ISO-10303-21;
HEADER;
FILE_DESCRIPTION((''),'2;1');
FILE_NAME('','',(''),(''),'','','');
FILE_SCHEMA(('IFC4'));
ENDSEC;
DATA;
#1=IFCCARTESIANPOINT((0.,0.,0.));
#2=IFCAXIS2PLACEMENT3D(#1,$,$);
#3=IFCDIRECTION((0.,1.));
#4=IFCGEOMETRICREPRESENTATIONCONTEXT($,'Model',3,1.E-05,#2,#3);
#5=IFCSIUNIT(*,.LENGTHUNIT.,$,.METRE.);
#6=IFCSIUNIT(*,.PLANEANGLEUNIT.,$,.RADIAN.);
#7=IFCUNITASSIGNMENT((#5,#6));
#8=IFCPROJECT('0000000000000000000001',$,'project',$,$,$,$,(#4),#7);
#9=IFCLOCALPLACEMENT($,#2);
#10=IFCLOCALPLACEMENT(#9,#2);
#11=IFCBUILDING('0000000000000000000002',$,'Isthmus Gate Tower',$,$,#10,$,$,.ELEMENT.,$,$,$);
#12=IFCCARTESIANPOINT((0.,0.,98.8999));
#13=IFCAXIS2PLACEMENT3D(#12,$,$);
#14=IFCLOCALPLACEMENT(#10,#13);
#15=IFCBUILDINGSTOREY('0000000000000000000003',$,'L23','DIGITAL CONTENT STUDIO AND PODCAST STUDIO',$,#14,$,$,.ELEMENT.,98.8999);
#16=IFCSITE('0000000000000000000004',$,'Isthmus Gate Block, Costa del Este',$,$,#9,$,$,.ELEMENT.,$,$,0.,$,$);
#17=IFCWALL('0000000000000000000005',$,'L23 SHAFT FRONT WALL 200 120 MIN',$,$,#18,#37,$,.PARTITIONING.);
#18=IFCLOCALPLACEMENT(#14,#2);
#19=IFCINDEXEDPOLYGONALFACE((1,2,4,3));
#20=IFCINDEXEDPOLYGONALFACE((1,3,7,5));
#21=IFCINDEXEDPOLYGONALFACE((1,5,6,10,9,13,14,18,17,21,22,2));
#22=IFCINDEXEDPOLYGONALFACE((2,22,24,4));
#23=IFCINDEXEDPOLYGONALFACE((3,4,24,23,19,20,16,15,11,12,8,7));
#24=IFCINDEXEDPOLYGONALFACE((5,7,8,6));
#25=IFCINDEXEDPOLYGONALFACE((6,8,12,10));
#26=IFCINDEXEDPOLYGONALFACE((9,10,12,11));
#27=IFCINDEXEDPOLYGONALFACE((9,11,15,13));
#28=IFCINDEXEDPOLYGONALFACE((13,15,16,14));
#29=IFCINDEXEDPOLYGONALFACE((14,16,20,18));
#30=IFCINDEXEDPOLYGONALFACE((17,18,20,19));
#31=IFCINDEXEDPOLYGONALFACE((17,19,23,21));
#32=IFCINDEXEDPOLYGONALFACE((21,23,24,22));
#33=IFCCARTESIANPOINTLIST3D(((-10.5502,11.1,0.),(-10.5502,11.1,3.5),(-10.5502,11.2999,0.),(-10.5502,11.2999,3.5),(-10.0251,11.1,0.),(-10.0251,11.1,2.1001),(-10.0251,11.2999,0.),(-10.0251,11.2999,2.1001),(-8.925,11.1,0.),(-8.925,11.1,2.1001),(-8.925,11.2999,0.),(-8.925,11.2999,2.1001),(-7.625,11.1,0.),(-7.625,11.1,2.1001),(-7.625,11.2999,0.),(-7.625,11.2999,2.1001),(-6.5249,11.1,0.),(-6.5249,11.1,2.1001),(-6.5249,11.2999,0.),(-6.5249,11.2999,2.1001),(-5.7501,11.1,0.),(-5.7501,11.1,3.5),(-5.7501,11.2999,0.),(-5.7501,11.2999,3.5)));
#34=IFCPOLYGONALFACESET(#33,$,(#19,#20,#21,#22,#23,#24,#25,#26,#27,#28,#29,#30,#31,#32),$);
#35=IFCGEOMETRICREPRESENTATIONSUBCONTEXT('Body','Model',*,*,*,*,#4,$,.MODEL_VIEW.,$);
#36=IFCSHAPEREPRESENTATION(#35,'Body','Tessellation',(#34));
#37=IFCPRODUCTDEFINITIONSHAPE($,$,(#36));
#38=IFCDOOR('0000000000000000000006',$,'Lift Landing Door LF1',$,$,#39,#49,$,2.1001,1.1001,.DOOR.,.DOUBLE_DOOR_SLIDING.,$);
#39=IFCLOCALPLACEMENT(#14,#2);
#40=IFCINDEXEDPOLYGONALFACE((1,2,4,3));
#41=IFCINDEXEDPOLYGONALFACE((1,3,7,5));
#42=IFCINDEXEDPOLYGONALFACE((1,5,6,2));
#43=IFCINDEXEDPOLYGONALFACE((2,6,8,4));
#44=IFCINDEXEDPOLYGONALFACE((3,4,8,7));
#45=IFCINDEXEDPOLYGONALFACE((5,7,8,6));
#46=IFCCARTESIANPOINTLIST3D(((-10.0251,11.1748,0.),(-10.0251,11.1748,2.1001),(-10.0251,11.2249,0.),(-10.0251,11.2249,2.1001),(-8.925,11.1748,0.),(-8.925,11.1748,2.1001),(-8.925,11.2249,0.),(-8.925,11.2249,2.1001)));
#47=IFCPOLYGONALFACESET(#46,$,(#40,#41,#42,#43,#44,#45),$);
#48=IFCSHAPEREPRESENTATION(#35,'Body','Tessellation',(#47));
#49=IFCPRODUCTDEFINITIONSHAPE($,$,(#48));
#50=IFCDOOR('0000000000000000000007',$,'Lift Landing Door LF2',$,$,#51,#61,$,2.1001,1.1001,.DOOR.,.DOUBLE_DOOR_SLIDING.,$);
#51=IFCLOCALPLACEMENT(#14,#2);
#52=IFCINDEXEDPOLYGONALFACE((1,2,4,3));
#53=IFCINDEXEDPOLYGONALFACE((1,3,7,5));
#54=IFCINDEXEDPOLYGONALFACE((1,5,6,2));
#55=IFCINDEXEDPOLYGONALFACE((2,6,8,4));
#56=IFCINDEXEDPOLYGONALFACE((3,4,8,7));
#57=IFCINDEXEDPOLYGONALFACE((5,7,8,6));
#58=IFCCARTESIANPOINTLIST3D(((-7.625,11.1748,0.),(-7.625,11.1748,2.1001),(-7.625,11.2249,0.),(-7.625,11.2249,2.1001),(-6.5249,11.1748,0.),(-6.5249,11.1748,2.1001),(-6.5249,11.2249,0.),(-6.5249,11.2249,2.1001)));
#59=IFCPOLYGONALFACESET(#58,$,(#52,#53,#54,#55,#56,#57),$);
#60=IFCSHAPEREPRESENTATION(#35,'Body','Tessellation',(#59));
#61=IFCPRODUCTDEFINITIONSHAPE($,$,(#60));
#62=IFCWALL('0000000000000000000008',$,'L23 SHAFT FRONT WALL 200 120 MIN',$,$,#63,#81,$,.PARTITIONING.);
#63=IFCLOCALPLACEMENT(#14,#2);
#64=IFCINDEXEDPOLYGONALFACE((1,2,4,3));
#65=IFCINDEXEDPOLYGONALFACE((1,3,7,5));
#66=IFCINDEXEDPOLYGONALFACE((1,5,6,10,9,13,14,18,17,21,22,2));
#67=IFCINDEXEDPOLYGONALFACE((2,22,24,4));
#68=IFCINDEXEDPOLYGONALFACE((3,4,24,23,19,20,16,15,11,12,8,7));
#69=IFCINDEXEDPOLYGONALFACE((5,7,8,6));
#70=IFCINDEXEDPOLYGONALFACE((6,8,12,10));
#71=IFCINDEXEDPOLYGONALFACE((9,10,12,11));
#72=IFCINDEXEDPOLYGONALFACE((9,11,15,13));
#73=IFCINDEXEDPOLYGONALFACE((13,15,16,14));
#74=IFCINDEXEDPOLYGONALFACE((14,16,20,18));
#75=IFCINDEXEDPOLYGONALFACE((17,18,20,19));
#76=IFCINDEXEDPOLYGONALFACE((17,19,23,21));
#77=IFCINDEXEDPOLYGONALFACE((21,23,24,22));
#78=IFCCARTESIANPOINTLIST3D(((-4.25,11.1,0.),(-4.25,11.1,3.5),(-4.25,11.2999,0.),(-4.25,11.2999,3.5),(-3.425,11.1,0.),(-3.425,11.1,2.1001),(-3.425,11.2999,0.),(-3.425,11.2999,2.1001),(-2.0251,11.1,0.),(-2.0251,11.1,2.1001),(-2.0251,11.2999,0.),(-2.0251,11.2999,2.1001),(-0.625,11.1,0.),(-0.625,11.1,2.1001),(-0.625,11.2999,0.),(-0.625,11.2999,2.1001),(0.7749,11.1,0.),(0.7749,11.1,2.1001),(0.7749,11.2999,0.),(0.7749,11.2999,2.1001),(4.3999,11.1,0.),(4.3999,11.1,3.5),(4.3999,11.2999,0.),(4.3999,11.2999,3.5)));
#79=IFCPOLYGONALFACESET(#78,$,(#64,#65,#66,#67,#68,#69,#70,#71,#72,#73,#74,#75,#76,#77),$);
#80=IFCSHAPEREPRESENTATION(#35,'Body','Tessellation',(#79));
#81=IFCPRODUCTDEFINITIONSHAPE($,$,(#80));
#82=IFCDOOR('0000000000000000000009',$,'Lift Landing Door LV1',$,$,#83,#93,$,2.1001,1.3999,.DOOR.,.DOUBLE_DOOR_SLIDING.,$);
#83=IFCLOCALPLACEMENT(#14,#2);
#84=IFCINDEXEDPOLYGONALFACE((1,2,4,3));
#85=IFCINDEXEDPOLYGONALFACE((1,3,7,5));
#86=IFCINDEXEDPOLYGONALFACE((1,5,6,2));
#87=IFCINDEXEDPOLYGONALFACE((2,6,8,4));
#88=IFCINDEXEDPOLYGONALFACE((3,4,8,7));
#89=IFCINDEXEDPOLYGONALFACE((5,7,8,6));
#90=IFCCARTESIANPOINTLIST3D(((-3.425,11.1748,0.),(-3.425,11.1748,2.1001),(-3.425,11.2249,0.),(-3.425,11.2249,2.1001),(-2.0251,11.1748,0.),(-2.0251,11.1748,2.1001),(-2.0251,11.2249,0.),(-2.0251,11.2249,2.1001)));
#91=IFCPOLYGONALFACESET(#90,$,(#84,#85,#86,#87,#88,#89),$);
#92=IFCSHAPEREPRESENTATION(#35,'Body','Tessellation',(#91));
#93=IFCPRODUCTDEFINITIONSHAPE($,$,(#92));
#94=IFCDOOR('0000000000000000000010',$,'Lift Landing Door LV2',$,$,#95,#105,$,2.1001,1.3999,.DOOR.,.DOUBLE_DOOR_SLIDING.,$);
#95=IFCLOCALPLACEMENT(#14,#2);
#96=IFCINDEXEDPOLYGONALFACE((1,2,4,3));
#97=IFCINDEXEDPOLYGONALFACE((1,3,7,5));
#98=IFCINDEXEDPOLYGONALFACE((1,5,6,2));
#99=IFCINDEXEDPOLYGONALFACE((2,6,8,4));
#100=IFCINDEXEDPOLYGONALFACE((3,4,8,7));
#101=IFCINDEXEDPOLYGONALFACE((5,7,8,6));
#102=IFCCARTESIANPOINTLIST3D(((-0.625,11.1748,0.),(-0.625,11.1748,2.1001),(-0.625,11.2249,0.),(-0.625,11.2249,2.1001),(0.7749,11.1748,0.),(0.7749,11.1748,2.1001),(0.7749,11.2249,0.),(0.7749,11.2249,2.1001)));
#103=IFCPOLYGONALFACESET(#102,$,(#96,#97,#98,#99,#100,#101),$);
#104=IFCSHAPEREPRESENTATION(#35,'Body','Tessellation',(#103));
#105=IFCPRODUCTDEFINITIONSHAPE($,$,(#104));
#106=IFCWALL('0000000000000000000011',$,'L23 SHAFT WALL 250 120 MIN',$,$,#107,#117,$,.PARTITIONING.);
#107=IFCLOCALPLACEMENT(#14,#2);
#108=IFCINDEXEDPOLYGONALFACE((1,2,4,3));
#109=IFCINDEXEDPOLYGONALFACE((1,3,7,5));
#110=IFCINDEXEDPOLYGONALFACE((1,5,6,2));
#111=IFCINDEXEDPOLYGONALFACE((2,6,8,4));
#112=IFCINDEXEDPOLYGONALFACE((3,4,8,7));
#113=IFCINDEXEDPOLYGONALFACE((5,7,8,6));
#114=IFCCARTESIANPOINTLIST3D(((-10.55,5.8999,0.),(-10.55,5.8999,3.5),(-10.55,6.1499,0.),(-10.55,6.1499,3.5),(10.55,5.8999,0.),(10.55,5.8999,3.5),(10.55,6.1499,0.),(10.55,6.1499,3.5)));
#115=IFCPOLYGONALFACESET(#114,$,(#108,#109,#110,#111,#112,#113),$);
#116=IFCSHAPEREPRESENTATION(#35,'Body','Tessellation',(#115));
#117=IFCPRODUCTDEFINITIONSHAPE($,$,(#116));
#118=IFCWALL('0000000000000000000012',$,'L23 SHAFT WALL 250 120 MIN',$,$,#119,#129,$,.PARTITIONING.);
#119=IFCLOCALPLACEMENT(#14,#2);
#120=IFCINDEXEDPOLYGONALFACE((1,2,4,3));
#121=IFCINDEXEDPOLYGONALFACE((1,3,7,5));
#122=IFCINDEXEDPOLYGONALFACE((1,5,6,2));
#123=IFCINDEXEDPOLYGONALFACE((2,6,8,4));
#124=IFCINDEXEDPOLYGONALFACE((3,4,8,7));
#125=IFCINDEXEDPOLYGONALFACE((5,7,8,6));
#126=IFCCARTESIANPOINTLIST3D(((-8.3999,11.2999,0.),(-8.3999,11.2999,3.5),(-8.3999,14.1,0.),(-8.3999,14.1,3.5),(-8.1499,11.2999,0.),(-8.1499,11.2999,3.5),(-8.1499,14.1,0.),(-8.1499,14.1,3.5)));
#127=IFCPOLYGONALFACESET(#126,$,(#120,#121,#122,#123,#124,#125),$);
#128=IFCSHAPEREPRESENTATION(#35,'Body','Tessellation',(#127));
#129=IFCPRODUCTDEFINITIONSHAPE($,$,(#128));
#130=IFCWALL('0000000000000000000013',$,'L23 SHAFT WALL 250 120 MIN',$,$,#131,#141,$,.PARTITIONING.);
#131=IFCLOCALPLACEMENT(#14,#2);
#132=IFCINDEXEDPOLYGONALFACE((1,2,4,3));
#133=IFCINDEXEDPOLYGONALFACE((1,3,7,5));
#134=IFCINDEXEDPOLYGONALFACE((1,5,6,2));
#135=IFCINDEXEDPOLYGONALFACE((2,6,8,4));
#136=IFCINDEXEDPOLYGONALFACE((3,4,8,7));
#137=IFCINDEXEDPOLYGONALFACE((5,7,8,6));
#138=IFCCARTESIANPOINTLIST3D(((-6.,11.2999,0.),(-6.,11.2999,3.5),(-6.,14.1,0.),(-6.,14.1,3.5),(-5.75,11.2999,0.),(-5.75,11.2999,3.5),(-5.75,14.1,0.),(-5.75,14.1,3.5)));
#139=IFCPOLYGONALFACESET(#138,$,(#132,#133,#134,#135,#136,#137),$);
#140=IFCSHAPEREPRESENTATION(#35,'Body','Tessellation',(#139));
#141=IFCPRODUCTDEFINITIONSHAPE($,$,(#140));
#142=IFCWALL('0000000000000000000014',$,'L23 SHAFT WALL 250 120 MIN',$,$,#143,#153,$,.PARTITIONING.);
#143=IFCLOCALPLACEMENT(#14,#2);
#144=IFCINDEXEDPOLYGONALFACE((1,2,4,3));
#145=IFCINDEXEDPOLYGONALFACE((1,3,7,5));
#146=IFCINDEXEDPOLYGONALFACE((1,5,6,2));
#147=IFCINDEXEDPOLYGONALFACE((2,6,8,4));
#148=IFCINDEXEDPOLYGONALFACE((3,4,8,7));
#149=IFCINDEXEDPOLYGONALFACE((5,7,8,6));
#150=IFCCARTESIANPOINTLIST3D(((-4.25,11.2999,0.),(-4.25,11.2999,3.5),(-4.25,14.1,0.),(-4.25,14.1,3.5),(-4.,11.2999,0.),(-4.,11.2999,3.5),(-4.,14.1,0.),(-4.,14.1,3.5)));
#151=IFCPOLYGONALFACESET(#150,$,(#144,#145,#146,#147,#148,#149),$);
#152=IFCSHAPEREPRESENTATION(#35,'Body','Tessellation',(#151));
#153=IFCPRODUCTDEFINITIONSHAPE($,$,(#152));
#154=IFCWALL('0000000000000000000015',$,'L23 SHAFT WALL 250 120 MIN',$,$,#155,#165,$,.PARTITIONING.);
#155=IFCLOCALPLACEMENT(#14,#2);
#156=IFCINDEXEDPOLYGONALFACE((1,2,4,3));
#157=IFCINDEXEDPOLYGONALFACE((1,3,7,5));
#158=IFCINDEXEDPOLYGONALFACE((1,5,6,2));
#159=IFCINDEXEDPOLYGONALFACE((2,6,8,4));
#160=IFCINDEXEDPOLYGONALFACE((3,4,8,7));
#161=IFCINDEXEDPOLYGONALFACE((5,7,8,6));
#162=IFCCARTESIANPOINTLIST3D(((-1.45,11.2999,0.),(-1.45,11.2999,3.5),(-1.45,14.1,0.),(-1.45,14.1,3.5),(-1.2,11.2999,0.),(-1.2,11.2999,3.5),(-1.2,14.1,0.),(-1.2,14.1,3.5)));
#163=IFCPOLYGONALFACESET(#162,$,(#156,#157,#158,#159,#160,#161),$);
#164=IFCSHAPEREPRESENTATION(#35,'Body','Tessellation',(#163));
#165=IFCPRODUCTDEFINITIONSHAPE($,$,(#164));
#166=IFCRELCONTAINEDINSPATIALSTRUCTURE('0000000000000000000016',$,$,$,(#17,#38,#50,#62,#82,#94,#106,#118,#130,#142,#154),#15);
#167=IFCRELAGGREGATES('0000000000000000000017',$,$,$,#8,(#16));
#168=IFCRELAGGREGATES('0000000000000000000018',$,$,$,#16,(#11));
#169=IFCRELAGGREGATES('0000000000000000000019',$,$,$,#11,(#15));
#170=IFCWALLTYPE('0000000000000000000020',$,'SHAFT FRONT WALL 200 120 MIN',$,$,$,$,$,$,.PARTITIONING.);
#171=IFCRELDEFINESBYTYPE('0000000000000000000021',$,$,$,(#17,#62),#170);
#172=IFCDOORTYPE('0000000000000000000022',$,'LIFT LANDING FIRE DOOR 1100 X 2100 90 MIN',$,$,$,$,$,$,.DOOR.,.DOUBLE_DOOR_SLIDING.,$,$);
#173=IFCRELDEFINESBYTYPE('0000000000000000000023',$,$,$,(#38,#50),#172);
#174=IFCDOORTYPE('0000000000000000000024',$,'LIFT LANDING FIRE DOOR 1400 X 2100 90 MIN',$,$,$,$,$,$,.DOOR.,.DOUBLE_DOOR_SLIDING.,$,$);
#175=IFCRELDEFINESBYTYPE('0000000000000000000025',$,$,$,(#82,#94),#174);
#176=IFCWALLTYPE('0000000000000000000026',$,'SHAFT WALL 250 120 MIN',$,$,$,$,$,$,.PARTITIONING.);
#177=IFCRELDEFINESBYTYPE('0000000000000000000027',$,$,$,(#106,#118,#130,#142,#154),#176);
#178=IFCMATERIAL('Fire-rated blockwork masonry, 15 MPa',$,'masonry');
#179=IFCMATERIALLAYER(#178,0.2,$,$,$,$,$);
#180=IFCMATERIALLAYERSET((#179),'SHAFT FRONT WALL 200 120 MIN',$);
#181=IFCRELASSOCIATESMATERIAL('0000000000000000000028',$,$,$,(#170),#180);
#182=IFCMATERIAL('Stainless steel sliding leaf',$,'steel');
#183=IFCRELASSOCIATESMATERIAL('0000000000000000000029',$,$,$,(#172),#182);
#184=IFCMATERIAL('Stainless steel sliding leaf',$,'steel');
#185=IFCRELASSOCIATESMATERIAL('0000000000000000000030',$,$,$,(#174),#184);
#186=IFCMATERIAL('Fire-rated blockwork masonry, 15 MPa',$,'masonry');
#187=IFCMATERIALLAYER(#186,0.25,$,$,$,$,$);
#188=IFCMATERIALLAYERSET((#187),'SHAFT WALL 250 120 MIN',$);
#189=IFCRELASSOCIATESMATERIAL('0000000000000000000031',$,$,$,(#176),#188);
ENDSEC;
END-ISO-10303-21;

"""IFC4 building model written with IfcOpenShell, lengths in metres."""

from ifc_helpers import new_model, si_unit, direction, frame, frame_2d, origin, place, context, subcontext, project, spatial, rectangle, extrude, material, layer, layer_set, type_object, element, fill, save


model = new_model("IFC4")

# Units and contexts
model_context = context("Model", 3, precision=1e-05, world=origin(), true_north=direction((0.0, 1.0)))
body_context = subcontext(model_context, "Body", "Model", "MODEL_VIEW")
ifc_project = project(units=[si_unit("LENGTHUNIT", "METRE"), si_unit("PLANEANGLEUNIT", "RADIAN")], contexts=[model_context])

# Site, building, storey
site_placement = place(None, origin())
site = spatial("IfcSite", under=ifc_project, at=site_placement, Name="Isthmus Gate Block, Costa del Este", CompositionType="ELEMENT", RefElevation=0.0)
building_placement = place(site_placement, origin())
building = spatial("IfcBuilding", under=site, at=building_placement, Name="Isthmus Gate Tower", CompositionType="ELEMENT")
storey_placement = place(building_placement, frame((0.0, 0.0, 98.8999)))
storey = spatial("IfcBuildingStorey", under=building, at=storey_placement, Name="L23", Description="DIGITAL CONTENT STUDIO AND PODCAST STUDIO", CompositionType="ELEMENT", Elevation=98.8999)

# Walls, openings, doors
ifc_material_1 = material(Name="Fire-rated blockwork masonry, 15 MPa", Category="masonry")
ifc_layer_1 = layer(ifc_material_1, 0.2)
ifc_layer_set_1 = layer_set([ifc_layer_1], Name="SHAFT FRONT WALL 200 120 MIN")
wall_type_1 = type_object("IfcWallType", Name="SHAFT FRONT WALL 200 120 MIN", PredefinedType="PARTITIONING", material=ifc_layer_set_1)
wall_1_placement = place(storey_placement, frame((-10.55, 11.2, 0.0), z_axis=(0.0, 0.0, 1.0), x_axis=(1.0, 0.0, 0.0)))
wall_1 = element("IfcWall", 1, at=wall_1_placement, inside=storey, type_object=wall_type_1, Name="L23 SHAFT FRONT WALL 200 120 MIN", PredefinedType="PARTITIONING", context=body_context, shape_type="SweptSolid", body=[
    extrude(rectangle(XDim=4.8, YDim=0.2, at=frame_2d((2.3999, 0.0))), origin(), (0.0, 0.0, 1.0), 3.5),
])
opening_1_placement = place(wall_1_placement, frame((0.5249, 0.0, 0.0)))
opening_1 = element("IfcOpeningElement", 2, at=opening_1_placement, cuts=wall_1, PredefinedType="OPENING", context=body_context, shape_type="SweptSolid", body=[
    extrude(rectangle(XDim=1.1001, YDim=2.1001, at=frame_2d((0.55, 1.05))), frame((0.0, 0.1099, 0.0), z_axis=(0.0, -1.0, 0.0), x_axis=(1.0, 0.0, 0.0)), (0.0, 0.0, 1.0), 0.22),
])
opening_2_placement = place(wall_1_placement, frame((2.925, 0.0, 0.0)))
opening_2 = element("IfcOpeningElement", 3, at=opening_2_placement, cuts=wall_1, PredefinedType="OPENING", context=body_context, shape_type="SweptSolid", body=[
    extrude(rectangle(XDim=1.1001, YDim=2.1001, at=frame_2d((0.55, 1.05))), frame((0.0, 0.1099, 0.0), z_axis=(0.0, -1.0, 0.0), x_axis=(1.0, 0.0, 0.0)), (0.0, 0.0, 1.0), 0.22),
])
ifc_material_2 = material(Name="Stainless steel sliding leaf", Category="steel")
door_type_1 = type_object("IfcDoorType", Name="LIFT LANDING FIRE DOOR 1100 X 2100 90 MIN", OperationType="DOUBLE_DOOR_SLIDING", PredefinedType="DOOR", material=ifc_material_2)
door_1_placement = place(opening_1_placement, origin())
door_1 = element("IfcDoor", 4, at=door_1_placement, inside=storey, type_object=door_type_1, Name="Lift Landing Door LF1", OperationType="DOUBLE_DOOR_SLIDING", OverallHeight=2.1001, OverallWidth=1.1001, PredefinedType="DOOR", context=body_context, shape_type="SweptSolid", body=[
    extrude(rectangle(XDim=1.1001, YDim=2.1001, at=frame_2d((0.55, 1.05))), frame((0.0, 0.0249, 0.0), z_axis=(0.0, -1.0, 0.0), x_axis=(1.0, 0.0, 0.0)), (0.0, 0.0, 1.0), 0.05),
])
fill(opening_1, door_1)
door_2_placement = place(opening_2_placement, origin())
door_2 = element("IfcDoor", 5, at=door_2_placement, inside=storey, type_object=door_type_1, Name="Lift Landing Door LF2", OperationType="DOUBLE_DOOR_SLIDING", OverallHeight=2.1001, OverallWidth=1.1001, PredefinedType="DOOR", context=body_context, shape_type="SweptSolid", body=[
    extrude(rectangle(XDim=1.1001, YDim=2.1001, at=frame_2d((0.55, 1.05))), frame((0.0, 0.0249, 0.0), z_axis=(0.0, -1.0, 0.0), x_axis=(1.0, 0.0, 0.0)), (0.0, 0.0, 1.0), 0.05),
])
fill(opening_2, door_2)
wall_2_placement = place(storey_placement, frame((-4.25, 11.2, 0.0), z_axis=(0.0, 0.0, 1.0), x_axis=(1.0, 0.0, 0.0)))
wall_2 = element("IfcWall", 6, at=wall_2_placement, inside=storey, type_object=wall_type_1, Name="L23 SHAFT FRONT WALL 200 120 MIN", PredefinedType="PARTITIONING", context=body_context, shape_type="SweptSolid", body=[
    extrude(rectangle(XDim=8.6499, YDim=0.2, at=frame_2d((4.325, 0.0))), origin(), (0.0, 0.0, 1.0), 3.5),
])
opening_3_placement = place(wall_2_placement, frame((0.825, 0.0, 0.0)))
opening_3 = element("IfcOpeningElement", 7, at=opening_3_placement, cuts=wall_2, PredefinedType="OPENING", context=body_context, shape_type="SweptSolid", body=[
    extrude(rectangle(XDim=1.3999, YDim=2.1001, at=frame_2d((0.7, 1.05))), frame((0.0, 0.1099, 0.0), z_axis=(0.0, -1.0, 0.0), x_axis=(1.0, 0.0, 0.0)), (0.0, 0.0, 1.0), 0.22),
])
opening_4_placement = place(wall_2_placement, frame((3.625, 0.0, 0.0)))
opening_4 = element("IfcOpeningElement", 8, at=opening_4_placement, cuts=wall_2, PredefinedType="OPENING", context=body_context, shape_type="SweptSolid", body=[
    extrude(rectangle(XDim=1.3999, YDim=2.1001, at=frame_2d((0.7, 1.05))), frame((0.0, 0.1099, 0.0), z_axis=(0.0, -1.0, 0.0), x_axis=(1.0, 0.0, 0.0)), (0.0, 0.0, 1.0), 0.22),
])
ifc_material_3 = material(Name="Stainless steel sliding leaf", Category="steel")
door_type_2 = type_object("IfcDoorType", Name="LIFT LANDING FIRE DOOR 1400 X 2100 90 MIN", OperationType="DOUBLE_DOOR_SLIDING", PredefinedType="DOOR", material=ifc_material_3)
door_3_placement = place(opening_3_placement, origin())
door_3 = element("IfcDoor", 9, at=door_3_placement, inside=storey, type_object=door_type_2, Name="Lift Landing Door LV1", OperationType="DOUBLE_DOOR_SLIDING", OverallHeight=2.1001, OverallWidth=1.3999, PredefinedType="DOOR", context=body_context, shape_type="SweptSolid", body=[
    extrude(rectangle(XDim=1.3999, YDim=2.1001, at=frame_2d((0.7, 1.05))), frame((0.0, 0.0249, 0.0), z_axis=(0.0, -1.0, 0.0), x_axis=(1.0, 0.0, 0.0)), (0.0, 0.0, 1.0), 0.05),
])
fill(opening_3, door_3)
door_4_placement = place(opening_4_placement, origin())
door_4 = element("IfcDoor", 10, at=door_4_placement, inside=storey, type_object=door_type_2, Name="Lift Landing Door LV2", OperationType="DOUBLE_DOOR_SLIDING", OverallHeight=2.1001, OverallWidth=1.3999, PredefinedType="DOOR", context=body_context, shape_type="SweptSolid", body=[
    extrude(rectangle(XDim=1.3999, YDim=2.1001, at=frame_2d((0.7, 1.05))), frame((0.0, 0.0249, 0.0), z_axis=(0.0, -1.0, 0.0), x_axis=(1.0, 0.0, 0.0)), (0.0, 0.0, 1.0), 0.05),
])
fill(opening_4, door_4)

# Walls
ifc_material_4 = material(Name="Fire-rated blockwork masonry, 15 MPa", Category="masonry")
ifc_layer_2 = layer(ifc_material_4, 0.25)
ifc_layer_set_2 = layer_set([ifc_layer_2], Name="SHAFT WALL 250 120 MIN")
wall_type_2 = type_object("IfcWallType", Name="SHAFT WALL 250 120 MIN", PredefinedType="PARTITIONING", material=ifc_layer_set_2)
wall_3_placement = place(storey_placement, frame((-10.55, 6.0249, 0.0), z_axis=(0.0, 0.0, 1.0), x_axis=(1.0, 0.0, 0.0)))
element("IfcWall", 11, at=wall_3_placement, inside=storey, type_object=wall_type_2, Name="L23 SHAFT WALL 250 120 MIN", PredefinedType="PARTITIONING", context=body_context, shape_type="SweptSolid", body=[
    extrude(rectangle(XDim=21.1001, YDim=0.25, at=frame_2d((10.55, 0.0))), origin(), (0.0, 0.0, 1.0), 3.5),
])
for number, where, z_axis, x_axis, name in (
    (12, (-8.2749, 11.3, 0.0), (0.0, 0.0, 1.0), (0.0, 1.0, 0.0), "L23 SHAFT WALL 250 120 MIN"),
    (13, (-5.875, 11.3, 0.0), (0.0, 0.0, 1.0), (0.0, 1.0, 0.0), "L23 SHAFT WALL 250 120 MIN"),
    (14, (-4.125, 11.3, 0.0), (0.0, 0.0, 1.0), (0.0, 1.0, 0.0), "L23 SHAFT WALL 250 120 MIN"),
    (15, (-1.325, 11.3, 0.0), (0.0, 0.0, 1.0), (0.0, 1.0, 0.0), "L23 SHAFT WALL 250 120 MIN"),
):
    element("IfcWall", number, at=place(storey_placement, frame(where, z_axis=z_axis, x_axis=x_axis)), inside=storey, type_object=wall_type_2, Name=name, PredefinedType="PARTITIONING", context=body_context, shape_type="SweptSolid", body=[
        extrude(rectangle(XDim=2.8, YDim=0.25, at=frame_2d((1.3999, 0.0))), origin(), (0.0, 0.0, 1.0), 3.5),
    ])

save(model, "model.ifc")
